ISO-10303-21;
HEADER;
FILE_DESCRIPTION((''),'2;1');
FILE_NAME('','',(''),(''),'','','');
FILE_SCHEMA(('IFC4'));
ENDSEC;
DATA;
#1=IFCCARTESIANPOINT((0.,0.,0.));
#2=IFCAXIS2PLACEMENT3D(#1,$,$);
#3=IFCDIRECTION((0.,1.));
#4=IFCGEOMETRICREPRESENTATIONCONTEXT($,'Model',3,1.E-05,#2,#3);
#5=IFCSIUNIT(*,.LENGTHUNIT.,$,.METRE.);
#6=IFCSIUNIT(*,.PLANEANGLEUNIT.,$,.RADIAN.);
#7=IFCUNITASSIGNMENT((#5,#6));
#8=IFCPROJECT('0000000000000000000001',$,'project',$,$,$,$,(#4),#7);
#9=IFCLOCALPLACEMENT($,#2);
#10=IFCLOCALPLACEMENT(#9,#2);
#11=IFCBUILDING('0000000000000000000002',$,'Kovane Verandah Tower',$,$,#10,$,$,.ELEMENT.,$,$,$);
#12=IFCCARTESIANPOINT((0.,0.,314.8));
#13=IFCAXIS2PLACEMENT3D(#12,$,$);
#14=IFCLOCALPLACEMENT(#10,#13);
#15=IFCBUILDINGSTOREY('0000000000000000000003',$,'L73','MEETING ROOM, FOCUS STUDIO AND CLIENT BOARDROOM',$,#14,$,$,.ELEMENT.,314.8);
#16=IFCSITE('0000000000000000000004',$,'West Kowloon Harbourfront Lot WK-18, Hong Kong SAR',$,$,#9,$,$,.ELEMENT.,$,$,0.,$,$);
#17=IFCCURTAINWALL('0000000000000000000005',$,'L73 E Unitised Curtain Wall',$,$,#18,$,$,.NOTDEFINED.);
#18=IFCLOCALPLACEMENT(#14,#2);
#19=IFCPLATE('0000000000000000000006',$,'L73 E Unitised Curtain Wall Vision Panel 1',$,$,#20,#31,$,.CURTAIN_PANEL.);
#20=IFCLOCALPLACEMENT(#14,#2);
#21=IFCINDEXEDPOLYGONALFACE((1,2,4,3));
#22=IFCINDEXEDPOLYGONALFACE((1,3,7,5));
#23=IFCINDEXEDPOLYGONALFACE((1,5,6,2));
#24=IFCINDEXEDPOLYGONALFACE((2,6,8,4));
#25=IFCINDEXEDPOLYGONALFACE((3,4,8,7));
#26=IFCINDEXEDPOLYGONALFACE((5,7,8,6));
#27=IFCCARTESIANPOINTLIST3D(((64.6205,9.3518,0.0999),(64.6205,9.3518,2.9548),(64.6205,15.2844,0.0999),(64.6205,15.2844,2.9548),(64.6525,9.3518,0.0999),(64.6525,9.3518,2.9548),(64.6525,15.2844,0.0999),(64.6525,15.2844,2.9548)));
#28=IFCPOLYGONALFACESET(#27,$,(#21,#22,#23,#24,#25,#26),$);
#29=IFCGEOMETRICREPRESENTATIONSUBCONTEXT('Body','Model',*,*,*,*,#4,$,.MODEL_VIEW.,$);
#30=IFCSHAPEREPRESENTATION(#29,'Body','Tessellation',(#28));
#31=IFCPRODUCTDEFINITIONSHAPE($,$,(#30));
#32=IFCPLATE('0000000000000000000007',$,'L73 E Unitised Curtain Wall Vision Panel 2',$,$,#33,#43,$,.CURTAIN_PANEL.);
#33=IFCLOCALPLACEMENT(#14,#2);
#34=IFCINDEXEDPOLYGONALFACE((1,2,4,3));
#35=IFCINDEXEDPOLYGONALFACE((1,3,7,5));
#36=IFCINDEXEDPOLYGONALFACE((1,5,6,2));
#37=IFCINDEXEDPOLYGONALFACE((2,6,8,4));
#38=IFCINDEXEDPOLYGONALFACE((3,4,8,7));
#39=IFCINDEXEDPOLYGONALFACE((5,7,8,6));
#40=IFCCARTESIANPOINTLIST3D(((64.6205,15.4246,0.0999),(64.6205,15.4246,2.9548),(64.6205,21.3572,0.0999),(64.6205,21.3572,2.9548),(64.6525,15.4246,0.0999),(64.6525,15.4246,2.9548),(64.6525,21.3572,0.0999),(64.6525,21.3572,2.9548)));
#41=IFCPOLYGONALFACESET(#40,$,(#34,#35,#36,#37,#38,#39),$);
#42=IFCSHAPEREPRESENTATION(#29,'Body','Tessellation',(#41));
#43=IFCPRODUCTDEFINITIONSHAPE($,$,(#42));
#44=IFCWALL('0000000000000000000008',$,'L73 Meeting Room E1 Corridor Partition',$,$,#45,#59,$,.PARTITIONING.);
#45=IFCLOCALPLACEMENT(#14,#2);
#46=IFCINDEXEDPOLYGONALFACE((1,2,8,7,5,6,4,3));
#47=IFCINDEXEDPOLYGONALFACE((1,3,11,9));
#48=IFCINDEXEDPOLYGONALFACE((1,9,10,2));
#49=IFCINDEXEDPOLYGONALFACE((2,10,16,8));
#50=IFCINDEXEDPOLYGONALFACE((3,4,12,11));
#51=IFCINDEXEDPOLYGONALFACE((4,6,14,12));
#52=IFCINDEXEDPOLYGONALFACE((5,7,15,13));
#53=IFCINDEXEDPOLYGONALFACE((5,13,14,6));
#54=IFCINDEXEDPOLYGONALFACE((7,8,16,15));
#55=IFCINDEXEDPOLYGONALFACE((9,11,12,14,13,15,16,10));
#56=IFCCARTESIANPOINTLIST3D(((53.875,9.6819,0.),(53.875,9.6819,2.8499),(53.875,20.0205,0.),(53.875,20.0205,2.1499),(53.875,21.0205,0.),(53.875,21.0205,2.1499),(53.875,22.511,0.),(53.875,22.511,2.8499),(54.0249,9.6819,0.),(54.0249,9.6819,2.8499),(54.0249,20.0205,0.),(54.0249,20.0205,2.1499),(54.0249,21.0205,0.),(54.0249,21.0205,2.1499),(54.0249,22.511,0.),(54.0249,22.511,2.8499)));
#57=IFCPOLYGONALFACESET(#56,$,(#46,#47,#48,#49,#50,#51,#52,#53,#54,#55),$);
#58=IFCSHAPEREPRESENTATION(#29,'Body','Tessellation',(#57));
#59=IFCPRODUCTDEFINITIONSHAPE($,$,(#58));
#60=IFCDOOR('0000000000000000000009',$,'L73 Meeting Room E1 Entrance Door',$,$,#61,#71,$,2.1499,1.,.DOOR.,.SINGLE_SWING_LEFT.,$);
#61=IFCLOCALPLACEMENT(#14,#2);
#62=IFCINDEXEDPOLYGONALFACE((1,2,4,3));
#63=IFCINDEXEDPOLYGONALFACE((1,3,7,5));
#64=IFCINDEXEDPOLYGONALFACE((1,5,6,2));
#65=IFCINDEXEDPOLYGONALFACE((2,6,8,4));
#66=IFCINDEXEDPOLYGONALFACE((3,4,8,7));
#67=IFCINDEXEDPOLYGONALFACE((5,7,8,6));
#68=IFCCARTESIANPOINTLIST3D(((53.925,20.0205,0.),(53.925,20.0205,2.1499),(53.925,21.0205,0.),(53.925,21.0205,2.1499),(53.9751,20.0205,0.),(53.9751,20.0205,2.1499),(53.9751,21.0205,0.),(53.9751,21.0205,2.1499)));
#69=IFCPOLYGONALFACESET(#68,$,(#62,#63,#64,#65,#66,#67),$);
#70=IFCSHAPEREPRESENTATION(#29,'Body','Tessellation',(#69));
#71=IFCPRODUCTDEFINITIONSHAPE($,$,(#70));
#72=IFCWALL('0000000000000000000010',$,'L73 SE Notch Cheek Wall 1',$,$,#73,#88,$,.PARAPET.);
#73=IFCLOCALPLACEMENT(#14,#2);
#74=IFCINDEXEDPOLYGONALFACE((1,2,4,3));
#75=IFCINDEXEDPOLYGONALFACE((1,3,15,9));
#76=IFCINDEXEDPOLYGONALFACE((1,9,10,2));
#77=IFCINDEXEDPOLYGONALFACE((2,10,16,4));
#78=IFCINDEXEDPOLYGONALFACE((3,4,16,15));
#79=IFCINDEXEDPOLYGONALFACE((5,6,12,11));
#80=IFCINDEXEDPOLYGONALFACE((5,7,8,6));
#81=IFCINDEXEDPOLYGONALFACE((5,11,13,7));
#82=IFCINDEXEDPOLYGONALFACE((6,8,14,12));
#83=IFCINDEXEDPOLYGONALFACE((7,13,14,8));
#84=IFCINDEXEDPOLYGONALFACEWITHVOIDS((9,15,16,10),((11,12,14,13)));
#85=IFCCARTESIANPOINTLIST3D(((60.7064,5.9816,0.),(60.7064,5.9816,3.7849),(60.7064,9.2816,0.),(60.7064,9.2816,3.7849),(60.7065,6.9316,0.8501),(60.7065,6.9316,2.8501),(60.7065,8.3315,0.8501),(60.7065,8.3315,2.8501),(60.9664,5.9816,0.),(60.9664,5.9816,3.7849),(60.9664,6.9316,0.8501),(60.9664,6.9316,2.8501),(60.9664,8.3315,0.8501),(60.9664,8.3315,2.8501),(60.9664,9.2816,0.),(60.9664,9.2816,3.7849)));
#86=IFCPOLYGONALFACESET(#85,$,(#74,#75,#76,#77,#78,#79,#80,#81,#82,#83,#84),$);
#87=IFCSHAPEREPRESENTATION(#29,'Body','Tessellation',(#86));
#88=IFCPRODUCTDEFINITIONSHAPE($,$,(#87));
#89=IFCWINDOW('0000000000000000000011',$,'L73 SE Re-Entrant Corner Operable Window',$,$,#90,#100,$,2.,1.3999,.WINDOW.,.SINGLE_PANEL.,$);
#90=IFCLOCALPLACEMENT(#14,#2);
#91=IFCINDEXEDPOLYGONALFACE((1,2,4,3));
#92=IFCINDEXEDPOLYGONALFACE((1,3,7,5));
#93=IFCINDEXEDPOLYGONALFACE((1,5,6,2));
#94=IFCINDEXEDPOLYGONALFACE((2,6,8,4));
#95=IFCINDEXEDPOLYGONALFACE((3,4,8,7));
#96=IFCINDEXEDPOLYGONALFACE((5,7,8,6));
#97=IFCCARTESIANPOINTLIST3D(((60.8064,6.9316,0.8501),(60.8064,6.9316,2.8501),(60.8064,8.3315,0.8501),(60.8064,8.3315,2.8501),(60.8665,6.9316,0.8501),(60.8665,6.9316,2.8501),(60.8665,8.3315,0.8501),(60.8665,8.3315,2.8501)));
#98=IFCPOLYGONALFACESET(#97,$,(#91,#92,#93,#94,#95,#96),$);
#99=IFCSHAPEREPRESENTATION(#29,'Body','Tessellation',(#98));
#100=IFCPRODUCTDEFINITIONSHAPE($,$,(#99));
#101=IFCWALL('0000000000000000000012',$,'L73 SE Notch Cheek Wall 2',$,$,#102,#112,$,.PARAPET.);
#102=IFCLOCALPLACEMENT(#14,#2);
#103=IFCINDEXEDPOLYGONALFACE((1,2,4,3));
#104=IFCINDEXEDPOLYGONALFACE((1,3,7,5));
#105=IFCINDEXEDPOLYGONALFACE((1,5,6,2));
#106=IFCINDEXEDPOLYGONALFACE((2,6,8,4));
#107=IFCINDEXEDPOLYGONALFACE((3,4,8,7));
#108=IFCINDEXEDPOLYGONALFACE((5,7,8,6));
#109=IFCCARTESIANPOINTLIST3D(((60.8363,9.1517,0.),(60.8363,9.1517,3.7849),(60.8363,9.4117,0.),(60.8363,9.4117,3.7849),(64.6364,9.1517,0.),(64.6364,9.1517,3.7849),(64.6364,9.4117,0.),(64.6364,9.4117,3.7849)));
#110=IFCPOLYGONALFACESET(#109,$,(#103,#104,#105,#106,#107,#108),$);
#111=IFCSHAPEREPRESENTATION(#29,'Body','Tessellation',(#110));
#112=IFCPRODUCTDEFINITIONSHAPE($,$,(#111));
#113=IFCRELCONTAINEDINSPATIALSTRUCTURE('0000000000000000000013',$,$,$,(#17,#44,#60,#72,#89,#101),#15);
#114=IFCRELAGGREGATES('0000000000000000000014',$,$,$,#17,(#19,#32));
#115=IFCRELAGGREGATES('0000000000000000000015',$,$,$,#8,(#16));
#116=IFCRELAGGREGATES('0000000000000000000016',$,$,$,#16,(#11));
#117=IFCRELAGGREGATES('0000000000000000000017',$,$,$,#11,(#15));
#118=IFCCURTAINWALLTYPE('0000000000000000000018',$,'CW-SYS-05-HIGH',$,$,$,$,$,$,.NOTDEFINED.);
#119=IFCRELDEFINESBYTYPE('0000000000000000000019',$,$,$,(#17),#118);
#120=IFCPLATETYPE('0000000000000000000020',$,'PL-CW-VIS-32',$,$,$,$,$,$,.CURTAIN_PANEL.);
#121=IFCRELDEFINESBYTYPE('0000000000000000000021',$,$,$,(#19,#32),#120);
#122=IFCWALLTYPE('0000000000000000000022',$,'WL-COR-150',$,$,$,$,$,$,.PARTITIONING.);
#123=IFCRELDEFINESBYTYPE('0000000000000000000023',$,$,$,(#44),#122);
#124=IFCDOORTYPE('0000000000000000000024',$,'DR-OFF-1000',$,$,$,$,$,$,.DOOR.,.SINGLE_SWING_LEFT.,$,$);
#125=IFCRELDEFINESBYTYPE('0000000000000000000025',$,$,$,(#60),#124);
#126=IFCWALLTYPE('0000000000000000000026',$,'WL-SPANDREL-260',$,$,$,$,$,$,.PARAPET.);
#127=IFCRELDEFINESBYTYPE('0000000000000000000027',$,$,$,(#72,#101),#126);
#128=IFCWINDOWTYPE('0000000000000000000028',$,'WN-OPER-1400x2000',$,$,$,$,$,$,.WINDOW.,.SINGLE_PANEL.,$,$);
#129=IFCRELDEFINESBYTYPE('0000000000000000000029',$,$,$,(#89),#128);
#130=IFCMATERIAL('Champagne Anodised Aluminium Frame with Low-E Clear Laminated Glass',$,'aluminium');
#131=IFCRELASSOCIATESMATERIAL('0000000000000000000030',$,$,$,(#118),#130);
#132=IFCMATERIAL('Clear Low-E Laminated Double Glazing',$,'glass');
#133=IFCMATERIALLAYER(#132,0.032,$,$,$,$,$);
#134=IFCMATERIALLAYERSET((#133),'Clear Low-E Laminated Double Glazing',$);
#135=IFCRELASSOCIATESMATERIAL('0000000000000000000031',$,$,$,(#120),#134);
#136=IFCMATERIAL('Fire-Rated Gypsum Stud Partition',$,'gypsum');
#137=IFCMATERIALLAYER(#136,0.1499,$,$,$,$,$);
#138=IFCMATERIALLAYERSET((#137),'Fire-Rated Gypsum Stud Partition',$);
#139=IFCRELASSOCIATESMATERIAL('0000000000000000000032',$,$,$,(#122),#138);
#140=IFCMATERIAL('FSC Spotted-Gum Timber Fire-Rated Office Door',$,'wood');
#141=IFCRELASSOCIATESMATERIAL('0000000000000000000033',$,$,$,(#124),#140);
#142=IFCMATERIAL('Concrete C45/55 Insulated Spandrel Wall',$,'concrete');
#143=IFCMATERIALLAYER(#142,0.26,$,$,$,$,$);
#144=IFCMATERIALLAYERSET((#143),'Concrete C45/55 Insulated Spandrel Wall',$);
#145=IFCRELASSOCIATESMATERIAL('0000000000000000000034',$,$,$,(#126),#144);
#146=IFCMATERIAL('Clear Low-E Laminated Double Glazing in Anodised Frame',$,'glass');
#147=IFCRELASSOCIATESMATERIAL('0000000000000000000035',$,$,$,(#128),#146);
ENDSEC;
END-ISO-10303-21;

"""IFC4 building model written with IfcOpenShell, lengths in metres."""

from ifc_helpers import new_model, si_unit, direction, frame, frame_2d, origin, origin_2d, place, context, subcontext, project, spatial, rectangle, extrude, material, layer, layer_set, type_object, element, fill, aggregate, save


model = new_model("IFC4")

# Units and contexts
model_context = context("Model", 3, precision=1e-05, world=origin(), true_north=direction((0.0, 1.0)))
body_context = subcontext(model_context, "Body", "Model", "MODEL_VIEW")
ifc_project = project(units=[si_unit("LENGTHUNIT", "METRE"), si_unit("PLANEANGLEUNIT", "RADIAN")], contexts=[model_context])

# Site, building, storey
site_placement = place(None, origin())
site = spatial("IfcSite", under=ifc_project, at=site_placement, Name="West Kowloon Harbourfront Lot WK-18, Hong Kong SAR", CompositionType="ELEMENT", RefElevation=0.0)
building_placement = place(site_placement, origin())
building = spatial("IfcBuilding", under=site, at=building_placement, Name="Kovane Verandah Tower", CompositionType="ELEMENT")
storey_placement = place(building_placement, frame((0.0, 0.0, 314.8)))
storey = spatial("IfcBuildingStorey", under=building, at=storey_placement, Name="L73", Description="MEETING ROOM, FOCUS STUDIO AND CLIENT BOARDROOM", CompositionType="ELEMENT", Elevation=314.8)

# Curtain wall
ifc_material_1 = material(Name="Champagne Anodised Aluminium Frame with Low-E Clear Laminated Glass", Category="aluminium")
curtain_wall_type = type_object("IfcCurtainWallType", Name="CW-SYS-05-HIGH", PredefinedType="NOTDEFINED", material=ifc_material_1)
curtain_wall_placement = place(storey_placement, origin())
curtain_wall = element("IfcCurtainWall", 1, at=curtain_wall_placement, inside=storey, type_object=curtain_wall_type, Name="L73 E Unitised Curtain Wall", PredefinedType="NOTDEFINED")

# Plates
ifc_material_2 = material(Name="Clear Low-E Laminated Double Glazing", Category="glass")
ifc_layer_1 = layer(ifc_material_2, 0.032)
ifc_layer_set_1 = layer_set([ifc_layer_1], Name="Clear Low-E Laminated Double Glazing")
plate_type_1 = type_object("IfcPlateType", Name="PL-CW-VIS-32", PredefinedType="CURTAIN_PANEL", material=ifc_layer_set_1)
plate_1_placement = place(storey_placement, frame((64.6365, 12.3181, 0.0999), z_axis=(0.0, 0.0, 1.0), x_axis=(0.0, 1.0, 0.0)))
plate_1 = element("IfcPlate", 2, at=plate_1_placement, type_object=plate_type_1, Name="L73 E Unitised Curtain Wall Vision Panel 1", PredefinedType="CURTAIN_PANEL", context=body_context, shape_type="SweptSolid", body=[
    extrude(rectangle(XDim=5.9326, YDim=0.032, at=origin_2d()), origin(), (0.0, 0.0, 1.0), 2.855),
])
plate_2_placement = place(storey_placement, frame((64.6365, 18.3909, 0.0999), z_axis=(0.0, 0.0, 1.0), x_axis=(0.0, 1.0, 0.0)))
plate_2 = element("IfcPlate", 3, at=plate_2_placement, type_object=plate_type_1, Name="L73 E Unitised Curtain Wall Vision Panel 2", PredefinedType="CURTAIN_PANEL", context=body_context, shape_type="SweptSolid", body=[
    extrude(rectangle(XDim=5.9326, YDim=0.032, at=origin_2d()), origin(), (0.0, 0.0, 1.0), 2.855),
])
aggregate(curtain_wall, [plate_1, plate_2])

# Wall, opening, door
ifc_material_3 = material(Name="Fire-Rated Gypsum Stud Partition", Category="gypsum")
ifc_layer_2 = layer(ifc_material_3, 0.1499)
ifc_layer_set_2 = layer_set([ifc_layer_2], Name="Fire-Rated Gypsum Stud Partition")
wall_type_1 = type_object("IfcWallType", Name="WL-COR-150", PredefinedType="PARTITIONING", material=ifc_layer_set_2)
wall_1_placement = place(storey_placement, frame((53.95, 9.6819, 0.0), z_axis=(0.0, 0.0, 1.0), x_axis=(0.0, 1.0, 0.0)))
wall_1 = element("IfcWall", 4, at=wall_1_placement, inside=storey, type_object=wall_type_1, Name="L73 Meeting Room E1 Corridor Partition", PredefinedType="PARTITIONING", context=body_context, shape_type="SweptSolid", body=[
    extrude(rectangle(XDim=12.8291, YDim=0.1499, at=frame_2d((6.4146, 0.0))), origin(), (0.0, 0.0, 1.0), 2.8499),
])
opening_1_placement = place(wall_1_placement, frame((10.3386, 0.0, 0.0)))
opening_1 = element("IfcOpeningElement", 5, at=opening_1_placement, cuts=wall_1, PredefinedType="OPENING", context=body_context, shape_type="SweptSolid", body=[
    extrude(rectangle(XDim=1.0, YDim=2.1499, at=frame_2d((0.5, 1.075))), frame((0.0, 0.075, 0.0), z_axis=(0.0, -1.0, 0.0), x_axis=(1.0, 0.0, 0.0)), (0.0, 0.0, 1.0), 0.1499),
])
ifc_material_4 = material(Name="FSC Spotted-Gum Timber Fire-Rated Office Door", Category="wood")
door_type = type_object("IfcDoorType", Name="DR-OFF-1000", OperationType="SINGLE_SWING_LEFT", PredefinedType="DOOR", material=ifc_material_4)
door_placement = place(opening_1_placement, origin())
door = element("IfcDoor", 6, at=door_placement, inside=storey, type_object=door_type, Name="L73 Meeting Room E1 Entrance Door", OperationType="SINGLE_SWING_LEFT", OverallHeight=2.1499, OverallWidth=1.0, PredefinedType="DOOR", context=body_context, shape_type="SweptSolid", body=[
    extrude(rectangle(XDim=1.0, YDim=2.1499, at=frame_2d((0.5, 1.075))), frame((0.0, 0.0249, 0.0), z_axis=(0.0, -1.0, 0.0), x_axis=(1.0, 0.0, 0.0)), (0.0, 0.0, 1.0), 0.05),
])
fill(opening_1, door)

# Wall, opening, window
ifc_material_5 = material(Name="Concrete C45/55 Insulated Spandrel Wall", Category="concrete")
ifc_layer_3 = layer(ifc_material_5, 0.26)
ifc_layer_set_3 = layer_set([ifc_layer_3], Name="Concrete C45/55 Insulated Spandrel Wall")
wall_type_2 = type_object("IfcWallType", Name="WL-SPANDREL-260", PredefinedType="PARAPET", material=ifc_layer_set_3)
wall_2_placement = place(storey_placement, frame((60.8364, 5.9817, 0.0), z_axis=(0.0, 0.0, 1.0), x_axis=(0.0, 1.0, 0.0)))
wall_2 = element("IfcWall", 7, at=wall_2_placement, inside=storey, type_object=wall_type_2, Name="L73 SE Notch Cheek Wall 1", PredefinedType="PARAPET", context=body_context, shape_type="SweptSolid", body=[
    extrude(rectangle(XDim=3.3, YDim=0.26, at=frame_2d((1.6499, 0.0))), origin(), (0.0, 0.0, 1.0), 3.7849),
])
opening_2_placement = place(wall_2_placement, frame((0.95, 0.0, 0.8501)))
opening_2 = element("IfcOpeningElement", 8, at=opening_2_placement, cuts=wall_2, PredefinedType="OPENING", context=body_context, shape_type="SweptSolid", body=[
    extrude(rectangle(XDim=1.3999, YDim=2.0, at=frame_2d((0.7, 1.0))), frame((0.0, 0.1299, 0.0), z_axis=(0.0, -1.0, 0.0), x_axis=(1.0, 0.0, 0.0)), (0.0, 0.0, 1.0), 0.26),
])
ifc_material_6 = material(Name="Clear Low-E Laminated Double Glazing in Anodised Frame", Category="glass")
window_type = type_object("IfcWindowType", Name="WN-OPER-1400x2000", PartitioningType="SINGLE_PANEL", PredefinedType="WINDOW", material=ifc_material_6)
window_placement = place(opening_2_placement, origin())
window = element("IfcWindow", 9, at=window_placement, inside=storey, type_object=window_type, Name="L73 SE Re-Entrant Corner Operable Window", OverallHeight=2.0, OverallWidth=1.3999, PartitioningType="SINGLE_PANEL", PredefinedType="WINDOW", context=body_context, shape_type="SweptSolid", body=[
    extrude(rectangle(XDim=1.3999, YDim=2.0, at=frame_2d((0.7, 1.0))), frame((0.0, 0.03, 0.0), z_axis=(0.0, -1.0, 0.0), x_axis=(1.0, 0.0, 0.0)), (0.0, 0.0, 1.0), 0.0601),
])
fill(opening_2, window)

# Wall
wall_3_placement = place(storey_placement, frame((60.8364, 9.2817, 0.0), z_axis=(0.0, 0.0, 1.0), x_axis=(1.0, 0.0, 0.0)))
element("IfcWall", 10, at=wall_3_placement, inside=storey, type_object=wall_type_2, Name="L73 SE Notch Cheek Wall 2", PredefinedType="PARAPET", context=body_context, shape_type="SweptSolid", body=[
    extrude(rectangle(XDim=3.8, YDim=0.26, at=frame_2d((1.8999, 0.0))), origin(), (0.0, 0.0, 1.0), 3.7849),
])

save(model, "model.ifc")
